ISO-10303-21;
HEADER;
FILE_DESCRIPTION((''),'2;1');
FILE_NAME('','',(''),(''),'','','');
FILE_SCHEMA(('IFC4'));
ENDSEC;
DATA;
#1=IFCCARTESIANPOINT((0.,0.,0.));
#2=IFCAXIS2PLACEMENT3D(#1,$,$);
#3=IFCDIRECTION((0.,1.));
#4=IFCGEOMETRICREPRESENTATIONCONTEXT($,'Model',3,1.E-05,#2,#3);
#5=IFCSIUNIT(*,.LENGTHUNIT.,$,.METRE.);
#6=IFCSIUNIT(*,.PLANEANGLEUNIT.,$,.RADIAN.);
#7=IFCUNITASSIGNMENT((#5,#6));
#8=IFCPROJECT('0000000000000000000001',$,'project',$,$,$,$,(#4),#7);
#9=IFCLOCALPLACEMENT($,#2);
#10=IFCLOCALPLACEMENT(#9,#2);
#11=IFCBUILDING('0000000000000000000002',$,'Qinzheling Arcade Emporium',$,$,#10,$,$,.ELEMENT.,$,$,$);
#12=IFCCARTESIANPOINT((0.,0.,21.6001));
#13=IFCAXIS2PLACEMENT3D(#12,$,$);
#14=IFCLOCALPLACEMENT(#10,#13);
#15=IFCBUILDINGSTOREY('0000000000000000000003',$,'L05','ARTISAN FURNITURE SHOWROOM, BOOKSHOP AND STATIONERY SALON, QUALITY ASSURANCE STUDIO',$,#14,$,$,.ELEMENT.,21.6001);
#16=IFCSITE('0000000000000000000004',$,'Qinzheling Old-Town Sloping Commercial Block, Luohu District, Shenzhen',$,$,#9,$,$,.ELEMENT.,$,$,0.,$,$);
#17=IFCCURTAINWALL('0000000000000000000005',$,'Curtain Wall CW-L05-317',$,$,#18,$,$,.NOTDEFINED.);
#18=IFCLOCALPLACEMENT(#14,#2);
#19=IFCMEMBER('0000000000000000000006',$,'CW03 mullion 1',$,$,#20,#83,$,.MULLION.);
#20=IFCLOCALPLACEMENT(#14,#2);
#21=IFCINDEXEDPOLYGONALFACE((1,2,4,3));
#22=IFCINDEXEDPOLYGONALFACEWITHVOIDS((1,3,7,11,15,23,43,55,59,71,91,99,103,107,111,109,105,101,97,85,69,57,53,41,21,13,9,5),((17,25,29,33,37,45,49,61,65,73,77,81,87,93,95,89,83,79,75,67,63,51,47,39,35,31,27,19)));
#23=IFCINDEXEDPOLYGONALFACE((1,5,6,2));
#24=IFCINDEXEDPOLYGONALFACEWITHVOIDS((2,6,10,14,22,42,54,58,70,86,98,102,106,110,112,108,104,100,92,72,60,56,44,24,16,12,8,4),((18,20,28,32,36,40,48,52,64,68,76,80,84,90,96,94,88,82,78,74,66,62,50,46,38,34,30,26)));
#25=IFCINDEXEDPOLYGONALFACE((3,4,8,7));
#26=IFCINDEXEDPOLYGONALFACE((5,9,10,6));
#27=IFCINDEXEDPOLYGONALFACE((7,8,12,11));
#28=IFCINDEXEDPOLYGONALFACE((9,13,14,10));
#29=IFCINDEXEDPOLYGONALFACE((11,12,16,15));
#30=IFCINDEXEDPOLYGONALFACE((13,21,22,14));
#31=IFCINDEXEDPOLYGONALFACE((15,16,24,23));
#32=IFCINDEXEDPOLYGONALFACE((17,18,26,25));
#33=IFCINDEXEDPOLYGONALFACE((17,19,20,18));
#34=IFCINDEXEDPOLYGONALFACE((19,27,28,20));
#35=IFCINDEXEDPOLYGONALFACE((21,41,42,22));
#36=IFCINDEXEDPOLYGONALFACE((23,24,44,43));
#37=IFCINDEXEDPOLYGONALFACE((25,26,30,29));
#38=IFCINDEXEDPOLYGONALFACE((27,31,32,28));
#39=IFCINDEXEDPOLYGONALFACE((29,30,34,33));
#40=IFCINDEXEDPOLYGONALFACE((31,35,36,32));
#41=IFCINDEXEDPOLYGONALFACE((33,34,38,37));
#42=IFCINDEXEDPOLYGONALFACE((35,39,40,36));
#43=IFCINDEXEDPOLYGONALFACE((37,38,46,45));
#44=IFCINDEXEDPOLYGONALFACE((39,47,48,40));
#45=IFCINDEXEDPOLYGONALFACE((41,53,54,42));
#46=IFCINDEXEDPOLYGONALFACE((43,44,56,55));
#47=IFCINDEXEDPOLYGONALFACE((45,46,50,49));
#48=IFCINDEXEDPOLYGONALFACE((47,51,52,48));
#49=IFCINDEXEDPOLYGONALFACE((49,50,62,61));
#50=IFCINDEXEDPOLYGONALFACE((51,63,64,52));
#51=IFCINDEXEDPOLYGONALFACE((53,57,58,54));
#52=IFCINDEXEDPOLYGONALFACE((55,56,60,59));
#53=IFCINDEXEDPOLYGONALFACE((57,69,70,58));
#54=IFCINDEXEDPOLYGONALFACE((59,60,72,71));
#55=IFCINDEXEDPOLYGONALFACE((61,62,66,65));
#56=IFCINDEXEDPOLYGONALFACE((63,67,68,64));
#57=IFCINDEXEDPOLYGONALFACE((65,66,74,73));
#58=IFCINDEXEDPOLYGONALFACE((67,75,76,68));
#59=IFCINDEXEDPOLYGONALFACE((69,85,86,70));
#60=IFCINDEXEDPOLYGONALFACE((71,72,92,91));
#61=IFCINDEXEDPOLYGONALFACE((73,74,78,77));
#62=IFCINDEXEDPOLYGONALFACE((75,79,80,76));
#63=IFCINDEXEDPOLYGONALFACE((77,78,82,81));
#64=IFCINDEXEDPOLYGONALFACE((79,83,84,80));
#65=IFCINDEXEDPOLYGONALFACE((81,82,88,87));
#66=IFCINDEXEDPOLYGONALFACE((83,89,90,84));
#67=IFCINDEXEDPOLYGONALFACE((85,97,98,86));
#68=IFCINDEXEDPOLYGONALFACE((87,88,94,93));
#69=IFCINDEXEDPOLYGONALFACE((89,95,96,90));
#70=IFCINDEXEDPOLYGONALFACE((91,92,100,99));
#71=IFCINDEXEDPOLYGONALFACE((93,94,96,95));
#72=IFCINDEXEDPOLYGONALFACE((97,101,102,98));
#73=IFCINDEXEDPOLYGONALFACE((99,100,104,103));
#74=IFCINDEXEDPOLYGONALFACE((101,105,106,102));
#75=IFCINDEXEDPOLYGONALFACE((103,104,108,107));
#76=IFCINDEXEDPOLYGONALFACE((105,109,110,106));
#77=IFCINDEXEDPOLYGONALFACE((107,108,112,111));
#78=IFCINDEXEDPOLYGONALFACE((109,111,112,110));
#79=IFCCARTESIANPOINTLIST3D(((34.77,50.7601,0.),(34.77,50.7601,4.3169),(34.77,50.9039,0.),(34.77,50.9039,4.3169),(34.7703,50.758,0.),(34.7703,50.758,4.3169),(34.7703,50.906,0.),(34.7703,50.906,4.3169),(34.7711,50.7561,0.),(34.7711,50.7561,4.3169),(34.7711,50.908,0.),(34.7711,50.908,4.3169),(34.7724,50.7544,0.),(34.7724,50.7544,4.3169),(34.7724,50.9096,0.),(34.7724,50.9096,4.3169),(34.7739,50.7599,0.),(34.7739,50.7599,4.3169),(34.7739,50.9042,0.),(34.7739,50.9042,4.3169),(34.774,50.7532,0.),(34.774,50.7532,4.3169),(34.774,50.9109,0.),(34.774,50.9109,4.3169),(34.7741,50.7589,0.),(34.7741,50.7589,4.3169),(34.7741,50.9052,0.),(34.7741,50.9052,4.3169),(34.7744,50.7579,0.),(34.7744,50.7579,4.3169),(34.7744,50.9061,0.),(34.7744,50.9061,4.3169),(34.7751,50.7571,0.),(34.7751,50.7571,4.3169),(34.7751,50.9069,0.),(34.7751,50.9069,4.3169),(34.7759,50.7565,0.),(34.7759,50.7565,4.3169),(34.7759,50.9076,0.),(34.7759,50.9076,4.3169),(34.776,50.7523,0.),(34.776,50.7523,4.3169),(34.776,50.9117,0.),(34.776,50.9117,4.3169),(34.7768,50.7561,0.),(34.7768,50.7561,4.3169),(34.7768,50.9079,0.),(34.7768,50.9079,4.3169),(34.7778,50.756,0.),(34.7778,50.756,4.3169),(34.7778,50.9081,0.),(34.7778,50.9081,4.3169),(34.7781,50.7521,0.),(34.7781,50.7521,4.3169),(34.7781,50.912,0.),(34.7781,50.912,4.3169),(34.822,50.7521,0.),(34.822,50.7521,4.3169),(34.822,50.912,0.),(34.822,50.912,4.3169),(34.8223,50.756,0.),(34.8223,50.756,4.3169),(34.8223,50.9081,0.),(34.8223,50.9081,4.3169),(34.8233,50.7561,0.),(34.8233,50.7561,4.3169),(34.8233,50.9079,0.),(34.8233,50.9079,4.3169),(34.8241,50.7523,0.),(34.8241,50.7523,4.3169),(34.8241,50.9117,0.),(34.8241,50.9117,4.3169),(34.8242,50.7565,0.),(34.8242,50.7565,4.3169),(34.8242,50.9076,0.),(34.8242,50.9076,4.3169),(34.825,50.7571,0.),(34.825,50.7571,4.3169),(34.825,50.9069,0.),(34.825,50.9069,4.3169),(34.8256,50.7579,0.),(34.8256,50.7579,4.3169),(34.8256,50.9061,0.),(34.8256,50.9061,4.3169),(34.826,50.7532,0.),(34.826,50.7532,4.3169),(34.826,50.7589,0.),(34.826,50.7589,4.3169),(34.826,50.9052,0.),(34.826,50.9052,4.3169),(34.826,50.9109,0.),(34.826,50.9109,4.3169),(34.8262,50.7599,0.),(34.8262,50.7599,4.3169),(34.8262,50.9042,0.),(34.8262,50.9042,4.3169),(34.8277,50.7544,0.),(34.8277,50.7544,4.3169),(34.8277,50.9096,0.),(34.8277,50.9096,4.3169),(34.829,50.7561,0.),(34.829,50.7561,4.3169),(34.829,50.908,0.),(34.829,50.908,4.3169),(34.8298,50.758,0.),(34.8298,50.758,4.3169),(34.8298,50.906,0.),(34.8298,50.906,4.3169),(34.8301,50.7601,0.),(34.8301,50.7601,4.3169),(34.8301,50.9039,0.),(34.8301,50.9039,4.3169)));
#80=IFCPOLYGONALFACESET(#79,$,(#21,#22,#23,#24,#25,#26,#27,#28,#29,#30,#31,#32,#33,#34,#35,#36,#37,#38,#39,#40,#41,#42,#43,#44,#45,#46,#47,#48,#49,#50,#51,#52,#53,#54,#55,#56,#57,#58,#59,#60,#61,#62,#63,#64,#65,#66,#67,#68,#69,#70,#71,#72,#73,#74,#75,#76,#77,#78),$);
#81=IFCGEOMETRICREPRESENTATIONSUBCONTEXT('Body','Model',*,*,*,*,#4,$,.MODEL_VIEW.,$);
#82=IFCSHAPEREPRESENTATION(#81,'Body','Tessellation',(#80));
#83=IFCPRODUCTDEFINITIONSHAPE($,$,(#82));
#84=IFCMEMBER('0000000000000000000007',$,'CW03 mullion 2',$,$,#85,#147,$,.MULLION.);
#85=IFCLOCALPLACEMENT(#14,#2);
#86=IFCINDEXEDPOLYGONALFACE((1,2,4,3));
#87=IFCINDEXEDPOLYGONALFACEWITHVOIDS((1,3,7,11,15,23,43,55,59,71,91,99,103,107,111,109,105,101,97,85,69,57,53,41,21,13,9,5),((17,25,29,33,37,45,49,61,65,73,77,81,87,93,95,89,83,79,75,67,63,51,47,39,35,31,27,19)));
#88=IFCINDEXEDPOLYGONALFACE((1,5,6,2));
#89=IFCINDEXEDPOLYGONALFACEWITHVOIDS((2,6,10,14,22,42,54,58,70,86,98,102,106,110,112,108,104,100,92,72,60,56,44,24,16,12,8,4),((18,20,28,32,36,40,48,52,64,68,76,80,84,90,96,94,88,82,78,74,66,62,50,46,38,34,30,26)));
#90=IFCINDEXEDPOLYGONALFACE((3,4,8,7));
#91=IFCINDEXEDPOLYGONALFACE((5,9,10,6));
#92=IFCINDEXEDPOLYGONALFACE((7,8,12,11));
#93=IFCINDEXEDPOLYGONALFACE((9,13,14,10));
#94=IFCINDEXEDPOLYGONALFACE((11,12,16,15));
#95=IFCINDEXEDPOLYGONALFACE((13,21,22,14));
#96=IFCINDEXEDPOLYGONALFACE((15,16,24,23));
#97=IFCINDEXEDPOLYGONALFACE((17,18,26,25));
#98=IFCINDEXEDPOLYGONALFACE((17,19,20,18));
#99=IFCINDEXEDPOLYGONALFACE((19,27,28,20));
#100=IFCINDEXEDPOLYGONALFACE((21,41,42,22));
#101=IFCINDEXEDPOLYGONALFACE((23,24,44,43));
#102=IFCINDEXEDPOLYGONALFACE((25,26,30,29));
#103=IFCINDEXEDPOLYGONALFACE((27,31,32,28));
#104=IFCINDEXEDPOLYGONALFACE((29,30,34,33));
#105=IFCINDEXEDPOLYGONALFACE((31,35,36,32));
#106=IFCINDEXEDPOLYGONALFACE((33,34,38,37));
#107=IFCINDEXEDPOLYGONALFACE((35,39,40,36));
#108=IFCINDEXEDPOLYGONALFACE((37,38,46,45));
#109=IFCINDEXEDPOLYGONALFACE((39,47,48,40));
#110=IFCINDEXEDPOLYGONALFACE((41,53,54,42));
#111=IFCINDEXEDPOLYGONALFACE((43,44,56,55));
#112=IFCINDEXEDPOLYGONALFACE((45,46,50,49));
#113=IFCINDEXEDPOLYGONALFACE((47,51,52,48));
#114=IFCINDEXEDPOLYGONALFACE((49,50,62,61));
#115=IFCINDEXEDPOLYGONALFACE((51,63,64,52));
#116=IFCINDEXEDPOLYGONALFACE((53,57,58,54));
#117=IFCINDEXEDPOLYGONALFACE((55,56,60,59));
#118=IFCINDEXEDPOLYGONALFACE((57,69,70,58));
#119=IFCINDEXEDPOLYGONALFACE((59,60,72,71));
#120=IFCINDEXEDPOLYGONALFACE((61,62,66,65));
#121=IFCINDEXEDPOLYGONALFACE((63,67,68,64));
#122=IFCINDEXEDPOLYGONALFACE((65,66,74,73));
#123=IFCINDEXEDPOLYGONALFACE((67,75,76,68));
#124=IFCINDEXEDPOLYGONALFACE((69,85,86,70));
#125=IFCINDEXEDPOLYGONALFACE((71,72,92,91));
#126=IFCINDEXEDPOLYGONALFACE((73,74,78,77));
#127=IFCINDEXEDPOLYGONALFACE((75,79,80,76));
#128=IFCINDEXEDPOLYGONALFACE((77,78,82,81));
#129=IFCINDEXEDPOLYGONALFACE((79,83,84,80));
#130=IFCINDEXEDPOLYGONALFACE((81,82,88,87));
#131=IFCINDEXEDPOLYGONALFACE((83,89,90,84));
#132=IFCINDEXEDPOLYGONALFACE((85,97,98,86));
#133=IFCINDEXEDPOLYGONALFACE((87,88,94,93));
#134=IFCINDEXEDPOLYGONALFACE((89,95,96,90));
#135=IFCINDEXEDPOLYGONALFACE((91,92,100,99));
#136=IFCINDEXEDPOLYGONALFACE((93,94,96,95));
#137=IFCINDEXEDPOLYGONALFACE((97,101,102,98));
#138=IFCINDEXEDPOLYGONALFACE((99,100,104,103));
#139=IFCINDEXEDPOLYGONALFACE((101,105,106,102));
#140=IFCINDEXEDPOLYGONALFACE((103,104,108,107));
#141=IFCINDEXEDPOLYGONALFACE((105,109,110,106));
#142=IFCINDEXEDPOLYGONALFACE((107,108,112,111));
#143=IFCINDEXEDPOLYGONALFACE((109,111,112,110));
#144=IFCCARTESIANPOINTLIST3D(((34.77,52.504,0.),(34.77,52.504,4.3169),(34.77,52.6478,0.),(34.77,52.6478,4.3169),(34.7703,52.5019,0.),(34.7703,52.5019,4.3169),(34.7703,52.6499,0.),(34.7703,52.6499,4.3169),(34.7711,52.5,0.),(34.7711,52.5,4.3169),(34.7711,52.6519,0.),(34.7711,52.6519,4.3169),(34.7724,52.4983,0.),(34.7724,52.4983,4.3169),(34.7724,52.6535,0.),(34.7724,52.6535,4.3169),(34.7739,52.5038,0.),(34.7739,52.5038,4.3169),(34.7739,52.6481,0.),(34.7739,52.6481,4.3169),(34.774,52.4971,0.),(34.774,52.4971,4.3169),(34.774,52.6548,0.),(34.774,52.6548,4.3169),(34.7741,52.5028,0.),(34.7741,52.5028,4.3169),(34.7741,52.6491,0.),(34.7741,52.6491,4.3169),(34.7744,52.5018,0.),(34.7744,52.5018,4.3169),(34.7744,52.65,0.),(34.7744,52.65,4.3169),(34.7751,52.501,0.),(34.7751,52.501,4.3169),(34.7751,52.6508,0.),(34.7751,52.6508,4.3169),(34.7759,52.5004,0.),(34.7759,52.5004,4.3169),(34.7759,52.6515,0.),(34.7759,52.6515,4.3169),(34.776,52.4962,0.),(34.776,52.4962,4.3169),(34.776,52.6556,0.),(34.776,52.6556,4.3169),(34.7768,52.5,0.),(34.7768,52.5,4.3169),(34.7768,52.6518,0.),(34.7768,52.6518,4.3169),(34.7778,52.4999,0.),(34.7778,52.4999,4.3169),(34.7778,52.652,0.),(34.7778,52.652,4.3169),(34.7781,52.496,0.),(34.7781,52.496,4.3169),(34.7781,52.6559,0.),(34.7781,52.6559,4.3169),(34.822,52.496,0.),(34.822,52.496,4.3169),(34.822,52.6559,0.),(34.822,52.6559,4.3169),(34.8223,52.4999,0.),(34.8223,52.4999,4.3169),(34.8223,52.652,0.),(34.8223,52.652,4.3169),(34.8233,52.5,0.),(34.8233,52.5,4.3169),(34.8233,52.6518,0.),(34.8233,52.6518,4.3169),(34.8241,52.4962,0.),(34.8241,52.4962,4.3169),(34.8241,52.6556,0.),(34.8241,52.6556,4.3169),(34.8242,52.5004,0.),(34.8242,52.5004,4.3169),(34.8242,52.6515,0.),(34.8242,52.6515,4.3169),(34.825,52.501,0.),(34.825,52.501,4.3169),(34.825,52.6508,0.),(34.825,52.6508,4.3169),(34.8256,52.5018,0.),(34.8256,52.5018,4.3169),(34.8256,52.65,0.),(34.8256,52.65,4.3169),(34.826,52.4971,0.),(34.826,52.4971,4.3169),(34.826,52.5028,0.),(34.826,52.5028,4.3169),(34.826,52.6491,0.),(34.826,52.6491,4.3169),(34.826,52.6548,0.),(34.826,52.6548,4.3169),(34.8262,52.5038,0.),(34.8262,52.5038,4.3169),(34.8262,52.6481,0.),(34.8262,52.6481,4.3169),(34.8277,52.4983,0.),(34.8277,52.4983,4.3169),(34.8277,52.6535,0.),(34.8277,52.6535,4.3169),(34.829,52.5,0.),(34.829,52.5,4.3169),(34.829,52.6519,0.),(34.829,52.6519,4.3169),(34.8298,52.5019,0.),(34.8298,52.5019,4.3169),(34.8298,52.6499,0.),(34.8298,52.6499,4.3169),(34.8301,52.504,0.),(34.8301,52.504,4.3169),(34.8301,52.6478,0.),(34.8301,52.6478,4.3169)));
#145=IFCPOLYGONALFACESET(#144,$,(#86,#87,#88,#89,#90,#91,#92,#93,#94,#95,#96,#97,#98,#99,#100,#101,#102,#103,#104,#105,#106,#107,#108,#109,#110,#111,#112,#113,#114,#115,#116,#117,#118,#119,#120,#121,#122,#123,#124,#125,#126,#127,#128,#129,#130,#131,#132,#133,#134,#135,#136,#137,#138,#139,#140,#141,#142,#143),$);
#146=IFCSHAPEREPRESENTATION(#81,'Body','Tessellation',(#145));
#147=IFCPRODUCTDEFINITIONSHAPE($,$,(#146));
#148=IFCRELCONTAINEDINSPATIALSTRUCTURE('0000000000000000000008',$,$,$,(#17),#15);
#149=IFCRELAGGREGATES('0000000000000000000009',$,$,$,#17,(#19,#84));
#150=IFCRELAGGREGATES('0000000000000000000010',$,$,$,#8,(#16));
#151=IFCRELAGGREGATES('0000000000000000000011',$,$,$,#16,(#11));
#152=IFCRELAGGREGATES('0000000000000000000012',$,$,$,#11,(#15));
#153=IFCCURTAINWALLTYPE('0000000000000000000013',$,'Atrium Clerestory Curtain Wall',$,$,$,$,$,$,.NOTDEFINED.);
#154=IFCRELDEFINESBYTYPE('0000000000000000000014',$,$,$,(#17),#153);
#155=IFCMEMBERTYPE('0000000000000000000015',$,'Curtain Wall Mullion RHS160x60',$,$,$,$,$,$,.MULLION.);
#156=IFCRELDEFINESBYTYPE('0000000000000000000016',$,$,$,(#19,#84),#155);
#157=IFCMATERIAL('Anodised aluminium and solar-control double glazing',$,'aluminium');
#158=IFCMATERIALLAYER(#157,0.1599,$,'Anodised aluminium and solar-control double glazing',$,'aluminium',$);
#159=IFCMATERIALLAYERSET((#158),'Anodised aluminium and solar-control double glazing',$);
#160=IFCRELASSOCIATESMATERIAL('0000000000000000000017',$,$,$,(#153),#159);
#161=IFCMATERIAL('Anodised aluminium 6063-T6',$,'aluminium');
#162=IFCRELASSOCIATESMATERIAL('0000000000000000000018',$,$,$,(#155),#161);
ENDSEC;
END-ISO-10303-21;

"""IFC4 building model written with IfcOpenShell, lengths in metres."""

from ifc_helpers import new_model, si_unit, direction, frame, origin, origin_2d, place, context, subcontext, project, spatial, hollow_rectangle, extrude, material, layer, layer_set, material_profile, profile_set, type_object, element, aggregate, save


model = new_model("IFC4")

# Units and contexts
model_context = context("Model", 3, precision=1e-05, world=origin(), true_north=direction((0.0, 1.0)))
body_context = subcontext(model_context, "Body", "Model", "MODEL_VIEW")
ifc_project = project(units=[si_unit("LENGTHUNIT", "METRE"), si_unit("PLANEANGLEUNIT", "RADIAN")], contexts=[model_context])

# Site, building, storey
site_placement = place(None, origin())
site = spatial("IfcSite", under=ifc_project, at=site_placement, Name="Qinzheling Old-Town Sloping Commercial Block, Luohu District, Shenzhen", CompositionType="ELEMENT", RefElevation=0.0)
building_placement = place(site_placement, origin())
building = spatial("IfcBuilding", under=site, at=building_placement, Name="Qinzheling Arcade Emporium", CompositionType="ELEMENT")
storey_placement = place(building_placement, frame((0.0, 0.0, 21.6001)))
storey = spatial("IfcBuildingStorey", under=building, at=storey_placement, Name="L05", Description="ARTISAN FURNITURE SHOWROOM, BOOKSHOP AND STATIONERY SALON, QUALITY ASSURANCE STUDIO", CompositionType="ELEMENT", Elevation=21.6001)

# Curtain wall, members
ifc_material_1 = material(Name="Anodised aluminium and solar-control double glazing", Category="aluminium")
ifc_layer_1 = layer(ifc_material_1, 0.1599, Name="Anodised aluminium and solar-control double glazing", Category="aluminium")
ifc_layer_set_1 = layer_set([ifc_layer_1], Name="Anodised aluminium and solar-control double glazing")
curtain_wall_type = type_object("IfcCurtainWallType", Name="Atrium Clerestory Curtain Wall", PredefinedType="NOTDEFINED", material=ifc_layer_set_1)
ifc_material_2 = material(Name="Anodised aluminium 6063-T6", Category="aluminium")
ifc_material_profile_1 = material_profile(ifc_material_2, hollow_rectangle(XDim=0.0601, YDim=0.1599, WallThickness=0.0039, InnerFilletRadius=0.0039, OuterFilletRadius=0.0081, at=origin_2d()), Name="RHS 160x60x4", Category="aluminium")
ifc_profile_set_1 = profile_set([ifc_material_profile_1], Name="Anodised aluminium 6063-T6")
member_type_1 = type_object("IfcMemberType", Name="Curtain Wall Mullion RHS160x60", PredefinedType="MULLION", material=ifc_profile_set_1)
curtain_wall_1_placement = place(storey_placement, origin())
curtain_wall_1 = element("IfcCurtainWall", 1, at=curtain_wall_1_placement, inside=storey, type_object=curtain_wall_type, Name="Curtain Wall CW-L05-317", PredefinedType="NOTDEFINED")
member_1_placement = place(storey_placement, frame((34.8, 50.832, 0.0), z_axis=(0.0, 0.0, 1.0), x_axis=(-1.0, 0.0, 0.0)))
member_1 = element("IfcMember", 2, at=member_1_placement, type_object=member_type_1, Name="CW03 mullion 1", PredefinedType="MULLION", context=body_context, shape_type="SweptSolid", body=[
    extrude(hollow_rectangle(XDim=0.0601, YDim=0.1599, WallThickness=0.0039, InnerFilletRadius=0.0039, OuterFilletRadius=0.0081, at=origin_2d()), origin(), (0.0, 0.0, 1.0), 4.3169),
])
member_2_placement = place(storey_placement, frame((34.8, 52.5759, 0.0), z_axis=(0.0, 0.0, 1.0), x_axis=(-1.0, 0.0, 0.0)))
member_2 = element("IfcMember", 3, at=member_2_placement, type_object=member_type_1, Name="CW03 mullion 2", PredefinedType="MULLION", context=body_context, shape_type="SweptSolid", body=[
    extrude(hollow_rectangle(XDim=0.0601, YDim=0.1599, WallThickness=0.0039, InnerFilletRadius=0.0039, OuterFilletRadius=0.0081, at=origin_2d()), origin(), (0.0, 0.0, 1.0), 4.3169),
])

aggregate(curtain_wall_1, [member_1, member_2])

save(model, "model.ifc")
